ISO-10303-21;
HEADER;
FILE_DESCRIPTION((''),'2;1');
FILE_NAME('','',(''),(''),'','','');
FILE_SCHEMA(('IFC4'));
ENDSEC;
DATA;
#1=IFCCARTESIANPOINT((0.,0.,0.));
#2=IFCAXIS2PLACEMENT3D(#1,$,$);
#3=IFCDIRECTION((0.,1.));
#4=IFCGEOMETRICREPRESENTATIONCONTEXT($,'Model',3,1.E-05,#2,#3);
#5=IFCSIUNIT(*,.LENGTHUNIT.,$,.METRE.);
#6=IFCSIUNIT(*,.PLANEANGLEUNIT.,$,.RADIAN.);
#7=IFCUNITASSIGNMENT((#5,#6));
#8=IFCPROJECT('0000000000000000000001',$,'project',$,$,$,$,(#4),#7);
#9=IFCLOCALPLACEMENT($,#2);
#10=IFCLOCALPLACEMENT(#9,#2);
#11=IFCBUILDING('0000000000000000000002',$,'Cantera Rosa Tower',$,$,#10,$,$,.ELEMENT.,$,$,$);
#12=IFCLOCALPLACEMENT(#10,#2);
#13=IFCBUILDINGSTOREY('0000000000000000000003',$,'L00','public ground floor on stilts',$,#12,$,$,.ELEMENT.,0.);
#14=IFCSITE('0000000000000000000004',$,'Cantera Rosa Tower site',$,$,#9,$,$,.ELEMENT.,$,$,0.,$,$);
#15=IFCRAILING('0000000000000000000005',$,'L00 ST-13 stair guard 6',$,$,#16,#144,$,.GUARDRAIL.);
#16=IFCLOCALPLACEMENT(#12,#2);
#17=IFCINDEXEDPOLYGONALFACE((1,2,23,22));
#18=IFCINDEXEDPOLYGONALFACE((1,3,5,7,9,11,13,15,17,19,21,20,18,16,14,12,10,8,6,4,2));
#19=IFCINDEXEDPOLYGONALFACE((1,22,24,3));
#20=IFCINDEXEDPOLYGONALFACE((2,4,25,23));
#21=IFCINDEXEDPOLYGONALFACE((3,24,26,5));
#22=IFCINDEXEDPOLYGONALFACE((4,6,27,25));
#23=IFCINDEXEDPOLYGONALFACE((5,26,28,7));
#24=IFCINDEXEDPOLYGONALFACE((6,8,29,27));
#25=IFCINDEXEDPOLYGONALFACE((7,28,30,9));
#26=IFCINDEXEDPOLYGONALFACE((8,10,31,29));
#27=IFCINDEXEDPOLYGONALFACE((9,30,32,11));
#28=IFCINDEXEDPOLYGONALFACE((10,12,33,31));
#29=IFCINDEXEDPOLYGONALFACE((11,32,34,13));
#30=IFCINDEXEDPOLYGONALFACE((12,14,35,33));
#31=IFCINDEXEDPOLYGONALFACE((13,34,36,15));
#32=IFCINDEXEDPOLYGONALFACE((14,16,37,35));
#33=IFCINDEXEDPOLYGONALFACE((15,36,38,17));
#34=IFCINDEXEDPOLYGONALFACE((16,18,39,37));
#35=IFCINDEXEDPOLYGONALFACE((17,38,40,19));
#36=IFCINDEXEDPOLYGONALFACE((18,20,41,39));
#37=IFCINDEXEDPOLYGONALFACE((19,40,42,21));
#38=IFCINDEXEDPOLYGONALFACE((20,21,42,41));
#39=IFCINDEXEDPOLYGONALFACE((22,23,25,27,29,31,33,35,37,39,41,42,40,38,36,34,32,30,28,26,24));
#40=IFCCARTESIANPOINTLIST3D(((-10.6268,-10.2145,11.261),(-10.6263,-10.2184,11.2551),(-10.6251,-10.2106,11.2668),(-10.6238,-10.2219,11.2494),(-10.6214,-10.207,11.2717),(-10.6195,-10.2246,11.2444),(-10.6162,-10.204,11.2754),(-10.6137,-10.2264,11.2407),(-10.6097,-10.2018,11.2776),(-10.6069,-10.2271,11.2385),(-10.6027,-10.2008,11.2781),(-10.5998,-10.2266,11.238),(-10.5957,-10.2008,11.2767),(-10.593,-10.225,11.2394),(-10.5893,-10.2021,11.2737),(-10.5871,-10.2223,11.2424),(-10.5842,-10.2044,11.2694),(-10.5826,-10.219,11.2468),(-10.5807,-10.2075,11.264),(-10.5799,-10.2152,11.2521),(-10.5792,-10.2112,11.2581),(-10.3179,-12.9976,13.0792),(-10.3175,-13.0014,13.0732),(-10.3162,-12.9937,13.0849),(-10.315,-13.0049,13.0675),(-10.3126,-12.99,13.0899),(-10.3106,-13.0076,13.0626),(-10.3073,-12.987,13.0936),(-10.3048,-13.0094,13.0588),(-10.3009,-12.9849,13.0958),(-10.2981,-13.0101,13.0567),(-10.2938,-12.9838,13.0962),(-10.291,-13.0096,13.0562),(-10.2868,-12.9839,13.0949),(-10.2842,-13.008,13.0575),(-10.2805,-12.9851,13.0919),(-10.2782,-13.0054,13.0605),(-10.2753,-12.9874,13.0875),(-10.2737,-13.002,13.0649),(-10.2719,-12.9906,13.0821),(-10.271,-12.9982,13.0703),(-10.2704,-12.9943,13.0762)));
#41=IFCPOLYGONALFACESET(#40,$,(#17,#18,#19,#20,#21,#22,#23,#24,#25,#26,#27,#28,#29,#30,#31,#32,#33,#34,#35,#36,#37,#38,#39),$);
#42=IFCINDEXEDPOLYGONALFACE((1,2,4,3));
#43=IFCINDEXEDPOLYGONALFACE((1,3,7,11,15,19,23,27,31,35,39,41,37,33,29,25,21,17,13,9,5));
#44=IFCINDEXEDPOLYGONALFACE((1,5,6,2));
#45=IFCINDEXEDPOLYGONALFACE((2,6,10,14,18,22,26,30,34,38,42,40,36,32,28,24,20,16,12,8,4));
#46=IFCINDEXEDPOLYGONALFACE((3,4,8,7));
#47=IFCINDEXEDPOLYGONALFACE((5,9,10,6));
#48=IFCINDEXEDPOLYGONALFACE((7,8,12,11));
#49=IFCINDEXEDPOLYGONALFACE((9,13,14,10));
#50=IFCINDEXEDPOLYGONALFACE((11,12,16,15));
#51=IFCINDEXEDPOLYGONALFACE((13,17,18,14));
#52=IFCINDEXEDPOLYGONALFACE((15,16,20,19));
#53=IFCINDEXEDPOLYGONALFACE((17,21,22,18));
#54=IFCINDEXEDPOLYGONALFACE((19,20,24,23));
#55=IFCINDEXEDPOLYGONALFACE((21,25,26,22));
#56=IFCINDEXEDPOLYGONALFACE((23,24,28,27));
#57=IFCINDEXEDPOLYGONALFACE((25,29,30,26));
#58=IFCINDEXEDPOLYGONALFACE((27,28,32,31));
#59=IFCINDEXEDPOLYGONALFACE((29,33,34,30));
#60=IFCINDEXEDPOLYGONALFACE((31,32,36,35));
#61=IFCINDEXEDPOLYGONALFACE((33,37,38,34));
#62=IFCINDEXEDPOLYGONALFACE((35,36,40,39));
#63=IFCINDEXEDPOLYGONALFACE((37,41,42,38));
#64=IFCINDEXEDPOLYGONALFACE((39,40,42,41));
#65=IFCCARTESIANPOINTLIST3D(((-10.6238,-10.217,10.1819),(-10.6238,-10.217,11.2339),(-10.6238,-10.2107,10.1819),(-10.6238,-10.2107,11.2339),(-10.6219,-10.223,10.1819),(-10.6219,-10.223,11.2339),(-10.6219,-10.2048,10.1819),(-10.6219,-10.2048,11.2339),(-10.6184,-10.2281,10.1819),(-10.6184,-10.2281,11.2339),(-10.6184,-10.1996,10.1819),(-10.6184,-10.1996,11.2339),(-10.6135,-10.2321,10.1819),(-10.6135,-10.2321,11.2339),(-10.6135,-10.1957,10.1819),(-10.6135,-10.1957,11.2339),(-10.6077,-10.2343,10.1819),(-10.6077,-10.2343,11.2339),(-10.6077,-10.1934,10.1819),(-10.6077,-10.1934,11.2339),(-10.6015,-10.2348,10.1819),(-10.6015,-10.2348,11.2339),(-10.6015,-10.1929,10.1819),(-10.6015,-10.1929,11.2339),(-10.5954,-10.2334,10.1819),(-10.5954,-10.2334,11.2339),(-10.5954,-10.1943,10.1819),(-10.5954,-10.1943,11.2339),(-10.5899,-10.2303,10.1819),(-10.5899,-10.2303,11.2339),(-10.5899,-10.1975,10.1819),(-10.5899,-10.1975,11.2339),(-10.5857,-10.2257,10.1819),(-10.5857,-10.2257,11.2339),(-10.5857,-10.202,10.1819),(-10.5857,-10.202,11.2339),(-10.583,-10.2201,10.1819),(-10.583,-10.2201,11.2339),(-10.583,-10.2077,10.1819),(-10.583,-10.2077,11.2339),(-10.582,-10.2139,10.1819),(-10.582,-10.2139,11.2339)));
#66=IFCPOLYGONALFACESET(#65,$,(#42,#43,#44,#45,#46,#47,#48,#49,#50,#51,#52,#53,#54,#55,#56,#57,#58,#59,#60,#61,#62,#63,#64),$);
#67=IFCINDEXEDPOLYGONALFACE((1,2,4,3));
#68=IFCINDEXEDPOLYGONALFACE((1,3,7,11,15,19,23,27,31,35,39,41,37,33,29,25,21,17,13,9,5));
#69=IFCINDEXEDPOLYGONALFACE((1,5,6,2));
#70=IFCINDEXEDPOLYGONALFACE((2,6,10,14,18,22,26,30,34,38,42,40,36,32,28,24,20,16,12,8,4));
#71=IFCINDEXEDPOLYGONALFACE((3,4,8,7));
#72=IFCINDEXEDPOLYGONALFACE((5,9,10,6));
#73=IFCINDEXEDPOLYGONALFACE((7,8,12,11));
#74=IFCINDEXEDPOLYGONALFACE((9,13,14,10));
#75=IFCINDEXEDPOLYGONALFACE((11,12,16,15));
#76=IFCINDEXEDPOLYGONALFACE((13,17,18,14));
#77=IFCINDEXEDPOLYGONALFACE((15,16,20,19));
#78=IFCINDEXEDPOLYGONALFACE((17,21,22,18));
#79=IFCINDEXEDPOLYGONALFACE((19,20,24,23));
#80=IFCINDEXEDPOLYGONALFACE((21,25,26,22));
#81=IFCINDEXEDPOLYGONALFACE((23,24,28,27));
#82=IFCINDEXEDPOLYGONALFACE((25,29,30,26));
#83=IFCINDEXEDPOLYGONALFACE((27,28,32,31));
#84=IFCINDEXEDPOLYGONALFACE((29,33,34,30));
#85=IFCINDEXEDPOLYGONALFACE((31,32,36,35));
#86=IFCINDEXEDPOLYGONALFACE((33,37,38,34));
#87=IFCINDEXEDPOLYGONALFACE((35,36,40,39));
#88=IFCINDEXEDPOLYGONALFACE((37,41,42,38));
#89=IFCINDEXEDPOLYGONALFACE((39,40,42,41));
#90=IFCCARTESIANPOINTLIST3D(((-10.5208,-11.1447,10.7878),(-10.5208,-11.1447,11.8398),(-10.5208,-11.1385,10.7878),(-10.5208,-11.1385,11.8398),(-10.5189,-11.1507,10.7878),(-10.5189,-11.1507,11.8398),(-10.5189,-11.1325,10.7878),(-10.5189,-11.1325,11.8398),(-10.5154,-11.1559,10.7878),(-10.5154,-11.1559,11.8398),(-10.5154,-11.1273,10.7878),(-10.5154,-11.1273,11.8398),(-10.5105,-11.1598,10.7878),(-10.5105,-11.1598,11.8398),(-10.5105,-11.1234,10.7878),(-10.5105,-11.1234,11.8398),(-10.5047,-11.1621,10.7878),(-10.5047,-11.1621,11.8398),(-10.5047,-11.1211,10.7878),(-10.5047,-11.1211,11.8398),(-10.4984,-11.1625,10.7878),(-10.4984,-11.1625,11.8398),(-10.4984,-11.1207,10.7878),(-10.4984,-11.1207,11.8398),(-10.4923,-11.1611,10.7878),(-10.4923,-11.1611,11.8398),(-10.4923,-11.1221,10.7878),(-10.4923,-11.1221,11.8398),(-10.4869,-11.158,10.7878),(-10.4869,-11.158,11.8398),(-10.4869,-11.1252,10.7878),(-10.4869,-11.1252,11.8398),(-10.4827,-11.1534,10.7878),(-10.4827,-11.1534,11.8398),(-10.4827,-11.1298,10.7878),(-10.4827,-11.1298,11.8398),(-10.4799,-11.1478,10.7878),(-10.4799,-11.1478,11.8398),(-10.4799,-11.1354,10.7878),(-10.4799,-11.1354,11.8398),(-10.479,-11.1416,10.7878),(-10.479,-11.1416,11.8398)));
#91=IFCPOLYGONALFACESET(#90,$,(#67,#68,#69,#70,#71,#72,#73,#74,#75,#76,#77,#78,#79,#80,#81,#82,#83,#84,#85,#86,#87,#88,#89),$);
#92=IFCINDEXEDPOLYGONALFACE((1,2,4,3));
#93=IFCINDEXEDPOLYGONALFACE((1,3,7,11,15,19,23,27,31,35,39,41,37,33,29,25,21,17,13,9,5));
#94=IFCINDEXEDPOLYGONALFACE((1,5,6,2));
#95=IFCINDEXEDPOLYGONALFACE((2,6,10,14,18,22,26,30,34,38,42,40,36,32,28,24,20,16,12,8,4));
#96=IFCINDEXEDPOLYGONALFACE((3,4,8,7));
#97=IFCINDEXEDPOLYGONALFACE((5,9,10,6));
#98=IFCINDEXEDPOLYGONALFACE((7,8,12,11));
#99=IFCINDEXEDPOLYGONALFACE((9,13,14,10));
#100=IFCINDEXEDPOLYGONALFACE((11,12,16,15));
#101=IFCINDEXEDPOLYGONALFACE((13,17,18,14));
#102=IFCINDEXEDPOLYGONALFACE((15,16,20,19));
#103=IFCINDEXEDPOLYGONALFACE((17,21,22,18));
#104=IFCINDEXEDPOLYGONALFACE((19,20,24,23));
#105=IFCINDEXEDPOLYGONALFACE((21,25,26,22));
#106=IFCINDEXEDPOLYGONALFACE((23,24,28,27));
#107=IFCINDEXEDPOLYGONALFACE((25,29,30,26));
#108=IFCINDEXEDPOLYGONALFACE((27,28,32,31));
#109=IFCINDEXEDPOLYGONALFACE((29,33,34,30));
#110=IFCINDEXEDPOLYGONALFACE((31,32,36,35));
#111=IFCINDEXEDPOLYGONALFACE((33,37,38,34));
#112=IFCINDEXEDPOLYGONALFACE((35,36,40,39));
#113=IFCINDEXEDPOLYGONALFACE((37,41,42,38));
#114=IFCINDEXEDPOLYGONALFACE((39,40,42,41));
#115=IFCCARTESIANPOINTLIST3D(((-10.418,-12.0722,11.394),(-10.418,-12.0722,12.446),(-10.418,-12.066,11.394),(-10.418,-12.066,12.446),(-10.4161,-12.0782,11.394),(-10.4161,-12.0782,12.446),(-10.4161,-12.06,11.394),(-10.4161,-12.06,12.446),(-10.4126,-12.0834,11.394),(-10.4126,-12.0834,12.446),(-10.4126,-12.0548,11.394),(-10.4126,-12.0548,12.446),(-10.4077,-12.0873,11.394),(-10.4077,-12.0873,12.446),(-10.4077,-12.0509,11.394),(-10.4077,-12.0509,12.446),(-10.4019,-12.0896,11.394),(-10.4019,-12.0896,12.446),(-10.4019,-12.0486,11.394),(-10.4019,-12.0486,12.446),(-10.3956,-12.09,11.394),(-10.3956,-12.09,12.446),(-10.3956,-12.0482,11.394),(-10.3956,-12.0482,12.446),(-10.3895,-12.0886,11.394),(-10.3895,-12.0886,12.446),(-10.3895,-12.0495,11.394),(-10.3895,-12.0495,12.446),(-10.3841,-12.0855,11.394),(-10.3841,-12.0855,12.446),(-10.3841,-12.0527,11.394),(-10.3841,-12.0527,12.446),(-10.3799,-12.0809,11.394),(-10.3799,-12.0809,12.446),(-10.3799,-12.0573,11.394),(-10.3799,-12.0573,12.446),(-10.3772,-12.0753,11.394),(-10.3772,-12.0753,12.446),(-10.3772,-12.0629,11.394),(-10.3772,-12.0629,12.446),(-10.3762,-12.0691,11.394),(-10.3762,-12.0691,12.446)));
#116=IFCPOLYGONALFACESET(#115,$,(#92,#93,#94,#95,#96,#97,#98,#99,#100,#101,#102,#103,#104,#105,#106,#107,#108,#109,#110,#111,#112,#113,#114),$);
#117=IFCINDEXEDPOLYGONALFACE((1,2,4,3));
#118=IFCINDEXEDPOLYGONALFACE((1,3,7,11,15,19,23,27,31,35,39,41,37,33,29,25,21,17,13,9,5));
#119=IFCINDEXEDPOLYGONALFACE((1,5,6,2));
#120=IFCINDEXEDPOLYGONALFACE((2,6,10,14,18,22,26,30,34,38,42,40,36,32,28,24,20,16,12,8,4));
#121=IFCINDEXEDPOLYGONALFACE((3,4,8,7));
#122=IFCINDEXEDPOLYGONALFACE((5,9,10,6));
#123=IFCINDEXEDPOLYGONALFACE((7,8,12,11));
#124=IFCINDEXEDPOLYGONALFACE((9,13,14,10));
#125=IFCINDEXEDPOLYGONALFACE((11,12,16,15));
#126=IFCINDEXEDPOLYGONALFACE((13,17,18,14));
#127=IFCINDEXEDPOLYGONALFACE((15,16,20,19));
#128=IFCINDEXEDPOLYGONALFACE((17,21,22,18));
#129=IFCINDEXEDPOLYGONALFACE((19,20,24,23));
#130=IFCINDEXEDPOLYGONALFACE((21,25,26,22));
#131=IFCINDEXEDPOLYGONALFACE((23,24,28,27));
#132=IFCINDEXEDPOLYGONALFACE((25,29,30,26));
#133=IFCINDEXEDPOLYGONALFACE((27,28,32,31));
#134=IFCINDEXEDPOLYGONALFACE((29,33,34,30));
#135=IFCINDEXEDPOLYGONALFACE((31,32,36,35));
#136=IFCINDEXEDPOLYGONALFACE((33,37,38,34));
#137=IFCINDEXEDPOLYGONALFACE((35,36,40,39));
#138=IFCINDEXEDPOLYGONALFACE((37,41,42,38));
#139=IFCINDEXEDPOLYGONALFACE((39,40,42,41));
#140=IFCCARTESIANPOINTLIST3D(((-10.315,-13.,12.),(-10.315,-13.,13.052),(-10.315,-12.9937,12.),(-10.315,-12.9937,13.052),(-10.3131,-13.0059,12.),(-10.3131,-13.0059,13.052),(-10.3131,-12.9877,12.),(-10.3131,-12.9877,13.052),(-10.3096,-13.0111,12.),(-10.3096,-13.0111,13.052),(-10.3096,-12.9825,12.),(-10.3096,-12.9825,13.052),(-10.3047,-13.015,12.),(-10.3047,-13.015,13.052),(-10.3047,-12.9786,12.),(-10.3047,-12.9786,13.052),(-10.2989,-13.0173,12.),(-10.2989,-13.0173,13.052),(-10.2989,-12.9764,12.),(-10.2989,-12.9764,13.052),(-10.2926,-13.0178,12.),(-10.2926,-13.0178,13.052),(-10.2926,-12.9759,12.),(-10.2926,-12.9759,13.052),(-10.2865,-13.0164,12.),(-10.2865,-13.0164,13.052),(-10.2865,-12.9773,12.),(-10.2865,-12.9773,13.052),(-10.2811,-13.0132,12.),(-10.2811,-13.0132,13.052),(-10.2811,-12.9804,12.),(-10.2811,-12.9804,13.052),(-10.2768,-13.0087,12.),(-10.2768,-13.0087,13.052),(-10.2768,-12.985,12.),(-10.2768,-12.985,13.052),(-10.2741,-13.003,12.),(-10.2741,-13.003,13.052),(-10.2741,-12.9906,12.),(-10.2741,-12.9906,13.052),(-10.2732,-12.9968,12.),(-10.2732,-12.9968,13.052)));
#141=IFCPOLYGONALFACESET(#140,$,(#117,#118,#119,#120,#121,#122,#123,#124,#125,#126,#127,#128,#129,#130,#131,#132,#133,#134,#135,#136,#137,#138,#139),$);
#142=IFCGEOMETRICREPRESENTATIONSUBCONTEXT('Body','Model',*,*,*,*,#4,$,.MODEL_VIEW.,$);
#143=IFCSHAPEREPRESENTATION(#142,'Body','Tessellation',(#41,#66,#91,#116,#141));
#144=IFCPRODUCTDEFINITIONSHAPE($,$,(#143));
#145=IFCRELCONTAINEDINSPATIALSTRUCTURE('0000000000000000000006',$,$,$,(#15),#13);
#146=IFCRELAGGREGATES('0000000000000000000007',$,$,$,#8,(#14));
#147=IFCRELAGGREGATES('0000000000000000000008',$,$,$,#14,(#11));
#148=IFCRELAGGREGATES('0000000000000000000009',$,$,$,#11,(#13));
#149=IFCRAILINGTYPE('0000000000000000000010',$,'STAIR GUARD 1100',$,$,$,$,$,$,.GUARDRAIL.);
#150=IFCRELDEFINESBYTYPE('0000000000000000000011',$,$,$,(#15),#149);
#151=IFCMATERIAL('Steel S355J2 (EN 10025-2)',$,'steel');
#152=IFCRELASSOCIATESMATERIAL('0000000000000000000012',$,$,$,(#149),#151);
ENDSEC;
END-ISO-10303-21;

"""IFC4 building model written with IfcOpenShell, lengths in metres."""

from ifc_helpers import new_model, si_unit, direction, frame, origin, origin_2d, place, context, subcontext, project, spatial, circle, extrude, material, type_object, element, save


model = new_model("IFC4")

# Units and contexts
model_context = context("Model", 3, precision=1e-05, world=origin(), true_north=direction((0.0, 1.0)))
body_context = subcontext(model_context, "Body", "Model", "MODEL_VIEW")
ifc_project = project(units=[si_unit("LENGTHUNIT", "METRE"), si_unit("PLANEANGLEUNIT", "RADIAN")], contexts=[model_context])

# Site, building, storey
site_placement = place(None, origin())
site = spatial("IfcSite", under=ifc_project, at=site_placement, Name="Cantera Rosa Tower site", CompositionType="ELEMENT", RefElevation=0.0)
building_placement = place(site_placement, origin())
building = spatial("IfcBuilding", under=site, at=building_placement, Name="Cantera Rosa Tower", CompositionType="ELEMENT")
storey_placement = place(building_placement, origin())
storey = spatial("IfcBuildingStorey", under=building, at=storey_placement, Name="L00", Description="public ground floor on stilts", CompositionType="ELEMENT", Elevation=0.0)

# Railing
ifc_material_1 = material(Name="Steel S355J2 (EN 10025-2)", Category="steel")
railing_type = type_object("IfcRailingType", Name="STAIR GUARD 1100", PredefinedType="GUARDRAIL", material=ifc_material_1)
railing_placement = place(storey_placement, frame((-10.603, -10.2139, 10.1819)))
element("IfcRailing", 1, at=railing_placement, inside=storey, type_object=railing_type, Name="L00 ST-13 stair guard 6", PredefinedType="GUARDRAIL", context=body_context, shape_type="SweptSolid", body=[
    extrude(circle(Radius=0.0239, at=origin_2d()), frame((0.0, 0.0, 1.0762), z_axis=(0.092507, -0.833588, 0.544586), x_axis=(0.993899, 0.110298, 0.0)), (0.0, 0.0, 1.0), 3.3386),
    extrude(circle(Radius=0.021, at=origin_2d()), origin(), (0.0, 0.0, 1.0), 1.052),
    extrude(circle(Radius=0.021, at=origin_2d()), frame((0.103, -0.9277, 0.606)), (0.0, 0.0, 1.0), 1.052),
    extrude(circle(Radius=0.021, at=origin_2d()), frame((0.2058, -1.8552, 1.2122)), (0.0, 0.0, 1.0), 1.052),
    extrude(circle(Radius=0.021, at=origin_2d()), frame((0.3088, -2.783, 1.8181)), (0.0, 0.0, 1.0), 1.052),
])

save(model, "model.ifc")
